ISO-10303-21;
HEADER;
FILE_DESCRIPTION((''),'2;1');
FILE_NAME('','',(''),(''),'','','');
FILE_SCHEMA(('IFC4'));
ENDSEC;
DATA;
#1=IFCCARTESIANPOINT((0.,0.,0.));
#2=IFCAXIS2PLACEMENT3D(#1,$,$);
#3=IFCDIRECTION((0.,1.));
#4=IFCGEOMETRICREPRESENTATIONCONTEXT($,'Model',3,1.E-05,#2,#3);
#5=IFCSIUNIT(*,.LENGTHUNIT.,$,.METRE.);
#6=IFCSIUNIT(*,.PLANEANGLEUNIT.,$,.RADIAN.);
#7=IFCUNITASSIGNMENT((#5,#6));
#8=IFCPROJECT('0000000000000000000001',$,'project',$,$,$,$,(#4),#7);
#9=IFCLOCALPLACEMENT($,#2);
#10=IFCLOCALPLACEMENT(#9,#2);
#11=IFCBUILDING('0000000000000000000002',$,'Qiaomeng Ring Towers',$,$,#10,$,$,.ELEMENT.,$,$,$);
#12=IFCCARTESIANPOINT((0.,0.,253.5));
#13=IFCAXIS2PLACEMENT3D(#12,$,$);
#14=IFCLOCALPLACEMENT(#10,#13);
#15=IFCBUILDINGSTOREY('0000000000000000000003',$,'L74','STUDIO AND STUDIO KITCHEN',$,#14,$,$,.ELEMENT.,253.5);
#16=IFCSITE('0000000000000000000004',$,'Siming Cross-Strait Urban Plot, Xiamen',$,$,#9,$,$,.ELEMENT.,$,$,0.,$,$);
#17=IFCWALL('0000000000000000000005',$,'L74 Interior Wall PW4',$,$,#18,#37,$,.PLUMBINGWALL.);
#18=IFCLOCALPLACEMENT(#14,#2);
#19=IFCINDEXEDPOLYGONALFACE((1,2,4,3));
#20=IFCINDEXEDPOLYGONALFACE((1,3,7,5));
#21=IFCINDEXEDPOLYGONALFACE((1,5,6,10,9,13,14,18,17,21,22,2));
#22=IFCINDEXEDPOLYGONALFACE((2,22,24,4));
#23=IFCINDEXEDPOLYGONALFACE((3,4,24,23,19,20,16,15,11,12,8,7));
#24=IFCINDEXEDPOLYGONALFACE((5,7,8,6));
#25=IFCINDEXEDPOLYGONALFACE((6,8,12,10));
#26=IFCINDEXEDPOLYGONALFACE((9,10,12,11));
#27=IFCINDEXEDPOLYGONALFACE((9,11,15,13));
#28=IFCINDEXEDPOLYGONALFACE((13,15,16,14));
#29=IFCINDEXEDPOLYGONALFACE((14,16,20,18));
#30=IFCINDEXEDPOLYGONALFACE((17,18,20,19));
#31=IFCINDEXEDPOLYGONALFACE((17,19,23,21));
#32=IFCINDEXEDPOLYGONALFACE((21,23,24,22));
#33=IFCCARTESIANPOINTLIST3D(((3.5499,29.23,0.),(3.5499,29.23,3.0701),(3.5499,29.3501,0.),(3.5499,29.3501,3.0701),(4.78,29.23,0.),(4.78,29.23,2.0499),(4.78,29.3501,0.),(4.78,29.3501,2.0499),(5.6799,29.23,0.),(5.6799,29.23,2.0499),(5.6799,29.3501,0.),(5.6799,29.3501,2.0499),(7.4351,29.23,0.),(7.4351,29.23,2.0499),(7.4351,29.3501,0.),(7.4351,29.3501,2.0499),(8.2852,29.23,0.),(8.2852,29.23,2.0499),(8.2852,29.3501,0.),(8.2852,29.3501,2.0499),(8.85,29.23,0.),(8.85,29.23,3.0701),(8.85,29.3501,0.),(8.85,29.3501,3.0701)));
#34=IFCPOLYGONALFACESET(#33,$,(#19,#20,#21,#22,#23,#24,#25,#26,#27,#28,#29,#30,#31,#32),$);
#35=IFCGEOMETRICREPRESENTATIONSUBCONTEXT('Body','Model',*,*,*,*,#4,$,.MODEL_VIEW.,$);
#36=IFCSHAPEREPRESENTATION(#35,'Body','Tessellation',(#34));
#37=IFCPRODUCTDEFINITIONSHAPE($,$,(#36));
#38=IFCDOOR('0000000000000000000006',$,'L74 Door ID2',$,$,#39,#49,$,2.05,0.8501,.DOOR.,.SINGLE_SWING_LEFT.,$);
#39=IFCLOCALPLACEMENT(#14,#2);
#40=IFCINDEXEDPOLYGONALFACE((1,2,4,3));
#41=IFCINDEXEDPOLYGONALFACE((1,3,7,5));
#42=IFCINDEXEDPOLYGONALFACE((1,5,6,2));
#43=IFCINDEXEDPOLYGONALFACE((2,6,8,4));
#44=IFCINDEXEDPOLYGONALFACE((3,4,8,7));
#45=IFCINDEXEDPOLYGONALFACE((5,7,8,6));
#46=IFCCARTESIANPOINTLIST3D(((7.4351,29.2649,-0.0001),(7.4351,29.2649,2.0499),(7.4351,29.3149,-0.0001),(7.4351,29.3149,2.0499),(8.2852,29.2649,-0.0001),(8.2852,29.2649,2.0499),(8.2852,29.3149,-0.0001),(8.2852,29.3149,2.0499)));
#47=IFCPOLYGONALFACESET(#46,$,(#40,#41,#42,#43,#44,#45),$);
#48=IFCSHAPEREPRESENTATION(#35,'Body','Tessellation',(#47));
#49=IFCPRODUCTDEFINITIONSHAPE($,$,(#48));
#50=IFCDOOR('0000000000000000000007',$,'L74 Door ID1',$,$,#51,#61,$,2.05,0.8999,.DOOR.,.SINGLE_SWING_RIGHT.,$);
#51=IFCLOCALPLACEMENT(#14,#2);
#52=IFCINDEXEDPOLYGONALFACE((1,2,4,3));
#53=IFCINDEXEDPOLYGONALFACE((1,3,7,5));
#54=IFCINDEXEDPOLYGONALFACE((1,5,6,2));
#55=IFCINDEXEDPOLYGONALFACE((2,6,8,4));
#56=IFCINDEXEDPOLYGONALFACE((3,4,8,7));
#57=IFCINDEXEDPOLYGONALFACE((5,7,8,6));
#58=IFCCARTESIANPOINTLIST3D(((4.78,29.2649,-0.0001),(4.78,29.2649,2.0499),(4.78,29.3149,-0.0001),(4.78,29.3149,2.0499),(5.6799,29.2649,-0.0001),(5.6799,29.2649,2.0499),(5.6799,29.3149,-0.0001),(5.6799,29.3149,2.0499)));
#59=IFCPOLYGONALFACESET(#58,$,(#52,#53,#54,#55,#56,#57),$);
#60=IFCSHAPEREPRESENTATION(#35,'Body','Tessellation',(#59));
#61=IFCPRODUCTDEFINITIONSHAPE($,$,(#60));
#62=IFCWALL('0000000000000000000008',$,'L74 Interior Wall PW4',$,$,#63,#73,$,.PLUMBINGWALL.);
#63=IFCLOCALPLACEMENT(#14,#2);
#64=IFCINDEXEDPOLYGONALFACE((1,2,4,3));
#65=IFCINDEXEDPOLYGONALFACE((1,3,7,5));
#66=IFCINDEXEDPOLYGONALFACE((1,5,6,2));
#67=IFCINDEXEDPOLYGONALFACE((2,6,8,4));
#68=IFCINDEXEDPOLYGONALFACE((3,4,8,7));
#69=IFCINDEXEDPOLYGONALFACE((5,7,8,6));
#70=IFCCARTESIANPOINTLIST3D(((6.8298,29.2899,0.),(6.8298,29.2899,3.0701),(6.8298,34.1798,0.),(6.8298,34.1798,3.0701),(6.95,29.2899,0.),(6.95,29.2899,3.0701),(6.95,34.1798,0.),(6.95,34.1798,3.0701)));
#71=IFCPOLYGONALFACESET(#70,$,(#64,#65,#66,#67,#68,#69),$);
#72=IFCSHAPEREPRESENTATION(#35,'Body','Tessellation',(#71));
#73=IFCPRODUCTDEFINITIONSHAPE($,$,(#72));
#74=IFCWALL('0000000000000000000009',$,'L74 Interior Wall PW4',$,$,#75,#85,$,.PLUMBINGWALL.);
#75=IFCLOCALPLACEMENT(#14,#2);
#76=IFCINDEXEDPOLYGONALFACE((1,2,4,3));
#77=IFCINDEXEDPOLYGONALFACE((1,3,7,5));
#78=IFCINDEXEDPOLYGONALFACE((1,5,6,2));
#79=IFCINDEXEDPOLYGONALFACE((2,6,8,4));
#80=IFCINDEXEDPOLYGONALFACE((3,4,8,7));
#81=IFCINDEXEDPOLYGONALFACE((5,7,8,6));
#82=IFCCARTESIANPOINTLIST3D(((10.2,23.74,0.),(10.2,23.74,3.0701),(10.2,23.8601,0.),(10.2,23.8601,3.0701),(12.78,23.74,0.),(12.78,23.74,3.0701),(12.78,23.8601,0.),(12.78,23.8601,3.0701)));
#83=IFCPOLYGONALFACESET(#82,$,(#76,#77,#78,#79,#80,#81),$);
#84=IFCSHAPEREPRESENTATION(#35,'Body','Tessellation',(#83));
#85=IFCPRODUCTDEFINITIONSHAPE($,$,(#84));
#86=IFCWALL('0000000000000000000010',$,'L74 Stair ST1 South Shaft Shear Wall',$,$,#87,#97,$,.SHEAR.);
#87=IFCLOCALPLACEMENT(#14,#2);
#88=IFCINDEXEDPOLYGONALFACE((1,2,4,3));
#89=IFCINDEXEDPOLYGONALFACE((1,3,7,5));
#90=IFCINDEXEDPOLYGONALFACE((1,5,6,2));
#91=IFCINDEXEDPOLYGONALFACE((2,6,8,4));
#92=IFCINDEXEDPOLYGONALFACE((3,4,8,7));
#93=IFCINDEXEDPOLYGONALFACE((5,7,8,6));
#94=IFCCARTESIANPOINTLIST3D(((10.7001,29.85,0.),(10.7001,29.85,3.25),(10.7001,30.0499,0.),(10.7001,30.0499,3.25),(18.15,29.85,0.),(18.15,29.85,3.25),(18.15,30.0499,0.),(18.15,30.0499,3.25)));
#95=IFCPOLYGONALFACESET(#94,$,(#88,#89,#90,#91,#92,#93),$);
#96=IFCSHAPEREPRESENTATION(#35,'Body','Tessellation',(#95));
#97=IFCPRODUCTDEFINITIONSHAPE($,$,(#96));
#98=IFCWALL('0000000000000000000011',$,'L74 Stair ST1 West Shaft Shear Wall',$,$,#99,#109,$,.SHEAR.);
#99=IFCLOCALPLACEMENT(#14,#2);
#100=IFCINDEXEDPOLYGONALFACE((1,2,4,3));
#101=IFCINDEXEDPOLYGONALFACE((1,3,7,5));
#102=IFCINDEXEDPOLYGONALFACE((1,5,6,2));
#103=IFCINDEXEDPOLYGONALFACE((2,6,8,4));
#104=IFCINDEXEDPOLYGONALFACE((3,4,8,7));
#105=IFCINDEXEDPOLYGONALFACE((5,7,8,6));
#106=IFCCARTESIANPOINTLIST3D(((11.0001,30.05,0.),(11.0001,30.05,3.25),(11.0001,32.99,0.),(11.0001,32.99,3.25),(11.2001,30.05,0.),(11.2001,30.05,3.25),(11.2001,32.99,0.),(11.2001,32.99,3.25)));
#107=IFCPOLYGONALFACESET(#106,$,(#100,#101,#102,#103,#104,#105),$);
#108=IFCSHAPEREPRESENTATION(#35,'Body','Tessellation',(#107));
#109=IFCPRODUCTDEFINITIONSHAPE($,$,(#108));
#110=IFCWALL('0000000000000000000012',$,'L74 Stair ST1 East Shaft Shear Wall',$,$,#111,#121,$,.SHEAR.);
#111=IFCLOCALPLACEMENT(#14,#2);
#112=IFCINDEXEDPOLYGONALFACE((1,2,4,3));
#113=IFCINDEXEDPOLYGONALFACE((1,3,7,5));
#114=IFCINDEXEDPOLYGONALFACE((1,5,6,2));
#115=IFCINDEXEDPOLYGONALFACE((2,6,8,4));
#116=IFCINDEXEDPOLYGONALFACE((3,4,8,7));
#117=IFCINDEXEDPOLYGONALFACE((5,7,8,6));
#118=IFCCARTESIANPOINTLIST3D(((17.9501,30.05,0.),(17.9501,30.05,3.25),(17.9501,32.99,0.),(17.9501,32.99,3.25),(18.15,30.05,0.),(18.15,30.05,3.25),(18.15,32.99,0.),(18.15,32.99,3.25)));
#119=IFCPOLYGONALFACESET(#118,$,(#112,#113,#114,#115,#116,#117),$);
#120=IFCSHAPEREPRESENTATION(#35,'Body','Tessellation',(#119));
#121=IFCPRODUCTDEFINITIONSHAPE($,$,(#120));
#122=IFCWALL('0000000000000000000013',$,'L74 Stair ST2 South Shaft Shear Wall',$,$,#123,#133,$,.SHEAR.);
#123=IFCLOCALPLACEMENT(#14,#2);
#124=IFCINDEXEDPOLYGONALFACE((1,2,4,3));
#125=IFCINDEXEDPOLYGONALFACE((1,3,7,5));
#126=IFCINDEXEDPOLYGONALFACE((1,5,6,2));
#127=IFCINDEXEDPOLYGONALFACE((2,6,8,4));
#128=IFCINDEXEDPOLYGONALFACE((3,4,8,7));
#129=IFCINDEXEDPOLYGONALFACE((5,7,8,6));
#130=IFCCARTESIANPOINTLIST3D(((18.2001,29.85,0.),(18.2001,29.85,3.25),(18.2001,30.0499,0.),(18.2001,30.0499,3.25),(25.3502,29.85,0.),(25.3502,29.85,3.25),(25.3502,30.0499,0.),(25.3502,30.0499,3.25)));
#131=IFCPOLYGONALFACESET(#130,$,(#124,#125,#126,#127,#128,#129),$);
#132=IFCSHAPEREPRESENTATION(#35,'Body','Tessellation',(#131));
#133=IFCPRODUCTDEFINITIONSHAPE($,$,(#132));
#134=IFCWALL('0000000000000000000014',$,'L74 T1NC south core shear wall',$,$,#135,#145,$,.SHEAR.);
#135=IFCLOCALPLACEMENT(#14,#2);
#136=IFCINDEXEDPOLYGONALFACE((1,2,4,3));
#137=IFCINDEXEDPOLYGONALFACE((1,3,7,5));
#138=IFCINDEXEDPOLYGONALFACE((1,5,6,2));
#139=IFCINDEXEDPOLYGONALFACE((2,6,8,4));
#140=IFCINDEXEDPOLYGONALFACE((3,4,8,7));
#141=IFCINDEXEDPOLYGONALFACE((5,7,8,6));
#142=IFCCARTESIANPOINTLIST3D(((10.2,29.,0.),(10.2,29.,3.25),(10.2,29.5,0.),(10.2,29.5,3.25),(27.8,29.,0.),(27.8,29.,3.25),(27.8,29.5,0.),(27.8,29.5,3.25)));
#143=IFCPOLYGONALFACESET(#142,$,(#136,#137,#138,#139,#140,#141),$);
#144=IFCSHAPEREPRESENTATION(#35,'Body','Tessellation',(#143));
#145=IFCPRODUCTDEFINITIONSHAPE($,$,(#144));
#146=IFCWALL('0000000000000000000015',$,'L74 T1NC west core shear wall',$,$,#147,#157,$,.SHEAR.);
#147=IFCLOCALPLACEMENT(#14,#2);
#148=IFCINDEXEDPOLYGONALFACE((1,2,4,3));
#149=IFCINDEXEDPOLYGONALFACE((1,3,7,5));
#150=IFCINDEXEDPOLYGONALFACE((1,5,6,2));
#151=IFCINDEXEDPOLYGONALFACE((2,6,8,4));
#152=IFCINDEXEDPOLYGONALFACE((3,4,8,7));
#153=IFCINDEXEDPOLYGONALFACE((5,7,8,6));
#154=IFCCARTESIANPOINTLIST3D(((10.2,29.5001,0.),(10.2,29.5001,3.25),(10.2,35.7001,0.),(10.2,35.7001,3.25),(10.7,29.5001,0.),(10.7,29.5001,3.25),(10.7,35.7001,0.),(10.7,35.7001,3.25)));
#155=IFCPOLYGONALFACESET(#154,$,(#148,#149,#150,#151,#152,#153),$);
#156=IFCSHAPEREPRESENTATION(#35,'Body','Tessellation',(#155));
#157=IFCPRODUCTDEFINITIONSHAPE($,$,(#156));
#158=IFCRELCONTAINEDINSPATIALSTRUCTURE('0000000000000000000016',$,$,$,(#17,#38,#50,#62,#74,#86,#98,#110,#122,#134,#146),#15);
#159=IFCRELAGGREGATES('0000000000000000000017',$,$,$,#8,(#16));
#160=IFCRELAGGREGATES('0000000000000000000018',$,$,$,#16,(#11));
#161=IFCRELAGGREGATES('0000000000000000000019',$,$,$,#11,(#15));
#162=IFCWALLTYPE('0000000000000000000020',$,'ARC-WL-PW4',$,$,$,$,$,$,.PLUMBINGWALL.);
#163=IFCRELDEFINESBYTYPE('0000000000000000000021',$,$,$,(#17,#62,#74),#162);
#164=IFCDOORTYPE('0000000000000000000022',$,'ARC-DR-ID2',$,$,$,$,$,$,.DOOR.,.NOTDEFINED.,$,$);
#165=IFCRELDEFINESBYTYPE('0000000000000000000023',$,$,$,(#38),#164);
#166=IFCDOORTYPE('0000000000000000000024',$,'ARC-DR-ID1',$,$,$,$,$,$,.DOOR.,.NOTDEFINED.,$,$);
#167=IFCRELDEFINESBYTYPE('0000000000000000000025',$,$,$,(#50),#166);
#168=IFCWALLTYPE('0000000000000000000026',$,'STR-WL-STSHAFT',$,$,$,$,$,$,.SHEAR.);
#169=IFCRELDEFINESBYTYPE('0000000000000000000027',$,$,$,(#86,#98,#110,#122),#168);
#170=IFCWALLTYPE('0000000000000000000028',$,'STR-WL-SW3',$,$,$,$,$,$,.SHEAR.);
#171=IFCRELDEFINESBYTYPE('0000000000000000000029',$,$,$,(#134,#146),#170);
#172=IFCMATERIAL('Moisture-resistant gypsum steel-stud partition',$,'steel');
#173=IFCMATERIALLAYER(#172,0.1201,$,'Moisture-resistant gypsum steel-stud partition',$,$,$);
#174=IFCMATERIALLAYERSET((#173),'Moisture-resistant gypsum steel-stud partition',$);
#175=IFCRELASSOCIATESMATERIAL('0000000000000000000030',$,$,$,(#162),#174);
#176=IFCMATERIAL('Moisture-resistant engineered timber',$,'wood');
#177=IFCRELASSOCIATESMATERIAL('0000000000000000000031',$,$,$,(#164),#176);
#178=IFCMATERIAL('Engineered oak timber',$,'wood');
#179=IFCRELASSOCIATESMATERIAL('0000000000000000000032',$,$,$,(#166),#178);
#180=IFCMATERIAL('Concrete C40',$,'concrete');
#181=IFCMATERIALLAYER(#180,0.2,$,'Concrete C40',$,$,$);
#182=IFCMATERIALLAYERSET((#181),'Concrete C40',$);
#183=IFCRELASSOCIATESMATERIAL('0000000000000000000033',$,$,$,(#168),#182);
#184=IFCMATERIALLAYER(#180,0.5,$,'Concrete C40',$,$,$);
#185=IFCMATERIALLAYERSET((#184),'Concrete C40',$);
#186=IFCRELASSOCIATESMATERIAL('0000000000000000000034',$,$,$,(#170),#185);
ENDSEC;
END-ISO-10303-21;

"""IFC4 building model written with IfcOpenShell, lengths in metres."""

from ifc_helpers import new_model, si_unit, direction, frame, frame_2d, origin, place, context, subcontext, project, spatial, rectangle, extrude, source, transform, mapped, material, layer, layer_set, type_object, element, fill, save


model = new_model("IFC4")

# Units and contexts
model_context = context("Model", 3, precision=1e-05, world=origin(), true_north=direction((0.0, 1.0)))
body_context = subcontext(model_context, "Body", "Model", "MODEL_VIEW")
ifc_project = project(units=[si_unit("LENGTHUNIT", "METRE"), si_unit("PLANEANGLEUNIT", "RADIAN")], contexts=[model_context])

# Site, building, storey
site_placement = place(None, origin())
site = spatial("IfcSite", under=ifc_project, at=site_placement, Name="Siming Cross-Strait Urban Plot, Xiamen", CompositionType="ELEMENT", RefElevation=0.0)
building_placement = place(site_placement, origin())
building = spatial("IfcBuilding", under=site, at=building_placement, Name="Qiaomeng Ring Towers", CompositionType="ELEMENT")
storey_placement = place(building_placement, frame((0.0, 0.0, 253.5)))
storey = spatial("IfcBuildingStorey", under=building, at=storey_placement, Name="L74", Description="STUDIO AND STUDIO KITCHEN", CompositionType="ELEMENT", Elevation=253.5)

# Shared definitions
ifc_material_1 = material(Name="Concrete C40", Category="concrete")

# Wall, openings, doors
ifc_material_2 = material(Name="Moisture-resistant gypsum steel-stud partition", Category="steel")
ifc_layer_1 = layer(ifc_material_2, 0.1201, Name="Moisture-resistant gypsum steel-stud partition")
ifc_layer_set_1 = layer_set([ifc_layer_1], Name="Moisture-resistant gypsum steel-stud partition")
wall_type_1 = type_object("IfcWallType", Name="ARC-WL-PW4", PredefinedType="PLUMBINGWALL", material=ifc_layer_set_1)
wall_1_placement = place(storey_placement, frame((3.55, 29.29, 0.0), z_axis=(0.0, 0.0, 1.0), x_axis=(1.0, 0.0, 0.0)))
wall_1 = element("IfcWall", 1, at=wall_1_placement, inside=storey, type_object=wall_type_1, Name="L74 Interior Wall PW4", PredefinedType="PLUMBINGWALL", context=body_context, shape_type="SweptSolid", body=[
    extrude(rectangle(XDim=5.3, YDim=0.1201, at=frame_2d((2.6499, 0.0))), origin(), (0.0, 0.0, 1.0), 3.0701),
])
opening_1_placement = place(wall_1_placement, frame((1.23, 0.0, 0.0)))
opening_1 = element("IfcOpeningElement", 2, at=opening_1_placement, cuts=wall_1, PredefinedType="OPENING", context=body_context, shape_type="SweptSolid", body=[
    extrude(rectangle(XDim=0.8999, YDim=2.05, at=frame_2d((0.45, 1.0249))), frame((0.0, 0.0701, 0.0), z_axis=(0.0, -1.0, 0.0), x_axis=(1.0, 0.0, 0.0)), (0.0, 0.0, 1.0), 0.1401),
])
opening_2_placement = place(wall_1_placement, frame((3.885, 0.0, 0.0)))
opening_2 = element("IfcOpeningElement", 3, at=opening_2_placement, cuts=wall_1, PredefinedType="OPENING", context=body_context, shape_type="SweptSolid", body=[
    extrude(rectangle(XDim=0.8501, YDim=2.05, at=frame_2d((0.425, 1.0249))), frame((0.0, 0.0701, 0.0), z_axis=(0.0, -1.0, 0.0), x_axis=(1.0, 0.0, 0.0)), (0.0, 0.0, 1.0), 0.1401),
])
ifc_material_3 = material(Name="Moisture-resistant engineered timber", Category="wood")
door_type_1 = type_object("IfcDoorType", Name="ARC-DR-ID2", OperationType="NOTDEFINED", PredefinedType="DOOR", material=ifc_material_3)
shared_shape_1 = source(origin(), body_context, "Body", "SweptSolid", [
    extrude(rectangle(XDim=0.8501, YDim=2.05, at=frame_2d((0.425, 1.0249))), frame((0.0, 0.0249, 0.0), z_axis=(0.0, -1.0, 0.0), x_axis=(1.0, 0.0, 0.0)), (0.0, 0.0, 1.0), 0.05),
])
door_1_placement = place(opening_2_placement, origin())
door_1 = element("IfcDoor", 4, at=door_1_placement, inside=storey, type_object=door_type_1, Name="L74 Door ID2", OperationType="SINGLE_SWING_LEFT", OverallHeight=2.05, OverallWidth=0.8501, PredefinedType="DOOR", context=body_context, shape_type="MappedRepresentation", body=[
    mapped(shared_shape_1, transform((0.0, 0.0, 0.0), x_axis=(1.0, 0.0, 0.0), y_axis=(0.0, 1.0, 0.0), z_axis=(0.0, 0.0, 1.0), scale=1.0)),
])
fill(opening_2, door_1)
ifc_material_4 = material(Name="Engineered oak timber", Category="wood")
door_type_2 = type_object("IfcDoorType", Name="ARC-DR-ID1", OperationType="NOTDEFINED", PredefinedType="DOOR", material=ifc_material_4)
shared_shape_2 = source(origin(), body_context, "Body", "SweptSolid", [
    extrude(rectangle(XDim=0.8999, YDim=2.05, at=frame_2d((0.45, 1.0249))), frame((0.0, 0.0249, 0.0), z_axis=(0.0, -1.0, 0.0), x_axis=(1.0, 0.0, 0.0)), (0.0, 0.0, 1.0), 0.05),
])
door_2_placement = place(opening_1_placement, origin())
door_2 = element("IfcDoor", 5, at=door_2_placement, inside=storey, type_object=door_type_2, Name="L74 Door ID1", OperationType="SINGLE_SWING_RIGHT", OverallHeight=2.05, OverallWidth=0.8999, PredefinedType="DOOR", context=body_context, shape_type="MappedRepresentation", body=[
    mapped(shared_shape_2, transform((0.0, 0.0, 0.0), x_axis=(1.0, 0.0, 0.0), y_axis=(0.0, 1.0, 0.0), z_axis=(0.0, 0.0, 1.0), scale=1.0)),
])
fill(opening_1, door_2)

# Walls
wall_2_placement = place(storey_placement, frame((6.8899, 29.29, 0.0), z_axis=(0.0, 0.0, 1.0), x_axis=(0.0, 1.0, 0.0)))
element("IfcWall", 6, at=wall_2_placement, inside=storey, type_object=wall_type_1, Name="L74 Interior Wall PW4", PredefinedType="PLUMBINGWALL", context=body_context, shape_type="SweptSolid", body=[
    extrude(rectangle(XDim=4.8899, YDim=0.1201, at=frame_2d((2.4448, 0.0))), origin(), (0.0, 0.0, 1.0), 3.0701),
])
wall_3_placement = place(storey_placement, frame((10.2, 23.8, 0.0), z_axis=(0.0, 0.0, 1.0), x_axis=(1.0, 0.0, 0.0)))
element("IfcWall", 7, at=wall_3_placement, inside=storey, type_object=wall_type_1, Name="L74 Interior Wall PW4", PredefinedType="PLUMBINGWALL", context=body_context, shape_type="SweptSolid", body=[
    extrude(rectangle(XDim=2.5801, YDim=0.1201, at=frame_2d((1.29, 0.0))), origin(), (0.0, 0.0, 1.0), 3.0701),
])
ifc_layer_2 = layer(ifc_material_1, 0.2, Name="Concrete C40")
ifc_layer_set_2 = layer_set([ifc_layer_2], Name="Concrete C40")
wall_type_2 = type_object("IfcWallType", Name="STR-WL-STSHAFT", PredefinedType="SHEAR", material=ifc_layer_set_2)
wall_4_placement = place(storey_placement, frame((10.7, 29.95, 0.0), z_axis=(0.0, 0.0, 1.0), x_axis=(1.0, 0.0, 0.0)))
element("IfcWall", 8, at=wall_4_placement, inside=storey, type_object=wall_type_2, Name="L74 Stair ST1 South Shaft Shear Wall", PredefinedType="SHEAR", context=body_context, shape_type="SweptSolid", body=[
    extrude(rectangle(XDim=7.45, YDim=0.2, at=frame_2d((3.7251, 0.0))), origin(), (0.0, 0.0, 1.0), 3.25),
])
for number, where, z_axis, x_axis, name in (
    (9, (11.1001, 30.05, 0.0), (0.0, 0.0, 1.0), (0.0, 1.0, 0.0), "L74 Stair ST1 West Shaft Shear Wall"),
    (10, (18.05, 30.05, 0.0), (0.0, 0.0, 1.0), (0.0, 1.0, 0.0), "L74 Stair ST1 East Shaft Shear Wall"),
):
    element("IfcWall", number, at=place(storey_placement, frame(where, z_axis=z_axis, x_axis=x_axis)), inside=storey, type_object=wall_type_2, Name=name, PredefinedType="SHEAR", context=body_context, shape_type="SweptSolid", body=[
        extrude(rectangle(XDim=2.9399, YDim=0.2, at=frame_2d((1.47, 0.0))), origin(), (0.0, 0.0, 1.0), 3.25),
    ])
wall_5_placement = place(storey_placement, frame((18.2, 29.95, 0.0), z_axis=(0.0, 0.0, 1.0), x_axis=(1.0, 0.0, 0.0)))
element("IfcWall", 11, at=wall_5_placement, inside=storey, type_object=wall_type_2, Name="L74 Stair ST2 South Shaft Shear Wall", PredefinedType="SHEAR", context=body_context, shape_type="SweptSolid", body=[
    extrude(rectangle(XDim=7.1501, YDim=0.2, at=frame_2d((3.5752, 0.0))), origin(), (0.0, 0.0, 1.0), 3.25),
])
ifc_layer_3 = layer(ifc_material_1, 0.5, Name="Concrete C40")
ifc_layer_set_3 = layer_set([ifc_layer_3], Name="Concrete C40")
wall_type_3 = type_object("IfcWallType", Name="STR-WL-SW3", PredefinedType="SHEAR", material=ifc_layer_set_3)
wall_6_placement = place(storey_placement, frame((10.2, 29.25, 0.0), z_axis=(0.0, 0.0, 1.0), x_axis=(1.0, 0.0, 0.0)))
element("IfcWall", 12, at=wall_6_placement, inside=storey, type_object=wall_type_3, Name="L74 T1NC south core shear wall", PredefinedType="SHEAR", context=body_context, shape_type="SweptSolid", body=[
    extrude(rectangle(XDim=17.6001, YDim=0.5, at=frame_2d((8.8, 0.0))), origin(), (0.0, 0.0, 1.0), 3.25),
])
wall_7_placement = place(storey_placement, frame((10.45, 29.5, 0.0), z_axis=(0.0, 0.0, 1.0), x_axis=(0.0, 1.0, 0.0)))
element("IfcWall", 13, at=wall_7_placement, inside=storey, type_object=wall_type_3, Name="L74 T1NC west core shear wall", PredefinedType="SHEAR", context=body_context, shape_type="SweptSolid", body=[
    extrude(rectangle(XDim=6.2, YDim=0.5, at=frame_2d((3.1001, 0.0))), origin(), (0.0, 0.0, 1.0), 3.25),
])

save(model, "model.ifc")
